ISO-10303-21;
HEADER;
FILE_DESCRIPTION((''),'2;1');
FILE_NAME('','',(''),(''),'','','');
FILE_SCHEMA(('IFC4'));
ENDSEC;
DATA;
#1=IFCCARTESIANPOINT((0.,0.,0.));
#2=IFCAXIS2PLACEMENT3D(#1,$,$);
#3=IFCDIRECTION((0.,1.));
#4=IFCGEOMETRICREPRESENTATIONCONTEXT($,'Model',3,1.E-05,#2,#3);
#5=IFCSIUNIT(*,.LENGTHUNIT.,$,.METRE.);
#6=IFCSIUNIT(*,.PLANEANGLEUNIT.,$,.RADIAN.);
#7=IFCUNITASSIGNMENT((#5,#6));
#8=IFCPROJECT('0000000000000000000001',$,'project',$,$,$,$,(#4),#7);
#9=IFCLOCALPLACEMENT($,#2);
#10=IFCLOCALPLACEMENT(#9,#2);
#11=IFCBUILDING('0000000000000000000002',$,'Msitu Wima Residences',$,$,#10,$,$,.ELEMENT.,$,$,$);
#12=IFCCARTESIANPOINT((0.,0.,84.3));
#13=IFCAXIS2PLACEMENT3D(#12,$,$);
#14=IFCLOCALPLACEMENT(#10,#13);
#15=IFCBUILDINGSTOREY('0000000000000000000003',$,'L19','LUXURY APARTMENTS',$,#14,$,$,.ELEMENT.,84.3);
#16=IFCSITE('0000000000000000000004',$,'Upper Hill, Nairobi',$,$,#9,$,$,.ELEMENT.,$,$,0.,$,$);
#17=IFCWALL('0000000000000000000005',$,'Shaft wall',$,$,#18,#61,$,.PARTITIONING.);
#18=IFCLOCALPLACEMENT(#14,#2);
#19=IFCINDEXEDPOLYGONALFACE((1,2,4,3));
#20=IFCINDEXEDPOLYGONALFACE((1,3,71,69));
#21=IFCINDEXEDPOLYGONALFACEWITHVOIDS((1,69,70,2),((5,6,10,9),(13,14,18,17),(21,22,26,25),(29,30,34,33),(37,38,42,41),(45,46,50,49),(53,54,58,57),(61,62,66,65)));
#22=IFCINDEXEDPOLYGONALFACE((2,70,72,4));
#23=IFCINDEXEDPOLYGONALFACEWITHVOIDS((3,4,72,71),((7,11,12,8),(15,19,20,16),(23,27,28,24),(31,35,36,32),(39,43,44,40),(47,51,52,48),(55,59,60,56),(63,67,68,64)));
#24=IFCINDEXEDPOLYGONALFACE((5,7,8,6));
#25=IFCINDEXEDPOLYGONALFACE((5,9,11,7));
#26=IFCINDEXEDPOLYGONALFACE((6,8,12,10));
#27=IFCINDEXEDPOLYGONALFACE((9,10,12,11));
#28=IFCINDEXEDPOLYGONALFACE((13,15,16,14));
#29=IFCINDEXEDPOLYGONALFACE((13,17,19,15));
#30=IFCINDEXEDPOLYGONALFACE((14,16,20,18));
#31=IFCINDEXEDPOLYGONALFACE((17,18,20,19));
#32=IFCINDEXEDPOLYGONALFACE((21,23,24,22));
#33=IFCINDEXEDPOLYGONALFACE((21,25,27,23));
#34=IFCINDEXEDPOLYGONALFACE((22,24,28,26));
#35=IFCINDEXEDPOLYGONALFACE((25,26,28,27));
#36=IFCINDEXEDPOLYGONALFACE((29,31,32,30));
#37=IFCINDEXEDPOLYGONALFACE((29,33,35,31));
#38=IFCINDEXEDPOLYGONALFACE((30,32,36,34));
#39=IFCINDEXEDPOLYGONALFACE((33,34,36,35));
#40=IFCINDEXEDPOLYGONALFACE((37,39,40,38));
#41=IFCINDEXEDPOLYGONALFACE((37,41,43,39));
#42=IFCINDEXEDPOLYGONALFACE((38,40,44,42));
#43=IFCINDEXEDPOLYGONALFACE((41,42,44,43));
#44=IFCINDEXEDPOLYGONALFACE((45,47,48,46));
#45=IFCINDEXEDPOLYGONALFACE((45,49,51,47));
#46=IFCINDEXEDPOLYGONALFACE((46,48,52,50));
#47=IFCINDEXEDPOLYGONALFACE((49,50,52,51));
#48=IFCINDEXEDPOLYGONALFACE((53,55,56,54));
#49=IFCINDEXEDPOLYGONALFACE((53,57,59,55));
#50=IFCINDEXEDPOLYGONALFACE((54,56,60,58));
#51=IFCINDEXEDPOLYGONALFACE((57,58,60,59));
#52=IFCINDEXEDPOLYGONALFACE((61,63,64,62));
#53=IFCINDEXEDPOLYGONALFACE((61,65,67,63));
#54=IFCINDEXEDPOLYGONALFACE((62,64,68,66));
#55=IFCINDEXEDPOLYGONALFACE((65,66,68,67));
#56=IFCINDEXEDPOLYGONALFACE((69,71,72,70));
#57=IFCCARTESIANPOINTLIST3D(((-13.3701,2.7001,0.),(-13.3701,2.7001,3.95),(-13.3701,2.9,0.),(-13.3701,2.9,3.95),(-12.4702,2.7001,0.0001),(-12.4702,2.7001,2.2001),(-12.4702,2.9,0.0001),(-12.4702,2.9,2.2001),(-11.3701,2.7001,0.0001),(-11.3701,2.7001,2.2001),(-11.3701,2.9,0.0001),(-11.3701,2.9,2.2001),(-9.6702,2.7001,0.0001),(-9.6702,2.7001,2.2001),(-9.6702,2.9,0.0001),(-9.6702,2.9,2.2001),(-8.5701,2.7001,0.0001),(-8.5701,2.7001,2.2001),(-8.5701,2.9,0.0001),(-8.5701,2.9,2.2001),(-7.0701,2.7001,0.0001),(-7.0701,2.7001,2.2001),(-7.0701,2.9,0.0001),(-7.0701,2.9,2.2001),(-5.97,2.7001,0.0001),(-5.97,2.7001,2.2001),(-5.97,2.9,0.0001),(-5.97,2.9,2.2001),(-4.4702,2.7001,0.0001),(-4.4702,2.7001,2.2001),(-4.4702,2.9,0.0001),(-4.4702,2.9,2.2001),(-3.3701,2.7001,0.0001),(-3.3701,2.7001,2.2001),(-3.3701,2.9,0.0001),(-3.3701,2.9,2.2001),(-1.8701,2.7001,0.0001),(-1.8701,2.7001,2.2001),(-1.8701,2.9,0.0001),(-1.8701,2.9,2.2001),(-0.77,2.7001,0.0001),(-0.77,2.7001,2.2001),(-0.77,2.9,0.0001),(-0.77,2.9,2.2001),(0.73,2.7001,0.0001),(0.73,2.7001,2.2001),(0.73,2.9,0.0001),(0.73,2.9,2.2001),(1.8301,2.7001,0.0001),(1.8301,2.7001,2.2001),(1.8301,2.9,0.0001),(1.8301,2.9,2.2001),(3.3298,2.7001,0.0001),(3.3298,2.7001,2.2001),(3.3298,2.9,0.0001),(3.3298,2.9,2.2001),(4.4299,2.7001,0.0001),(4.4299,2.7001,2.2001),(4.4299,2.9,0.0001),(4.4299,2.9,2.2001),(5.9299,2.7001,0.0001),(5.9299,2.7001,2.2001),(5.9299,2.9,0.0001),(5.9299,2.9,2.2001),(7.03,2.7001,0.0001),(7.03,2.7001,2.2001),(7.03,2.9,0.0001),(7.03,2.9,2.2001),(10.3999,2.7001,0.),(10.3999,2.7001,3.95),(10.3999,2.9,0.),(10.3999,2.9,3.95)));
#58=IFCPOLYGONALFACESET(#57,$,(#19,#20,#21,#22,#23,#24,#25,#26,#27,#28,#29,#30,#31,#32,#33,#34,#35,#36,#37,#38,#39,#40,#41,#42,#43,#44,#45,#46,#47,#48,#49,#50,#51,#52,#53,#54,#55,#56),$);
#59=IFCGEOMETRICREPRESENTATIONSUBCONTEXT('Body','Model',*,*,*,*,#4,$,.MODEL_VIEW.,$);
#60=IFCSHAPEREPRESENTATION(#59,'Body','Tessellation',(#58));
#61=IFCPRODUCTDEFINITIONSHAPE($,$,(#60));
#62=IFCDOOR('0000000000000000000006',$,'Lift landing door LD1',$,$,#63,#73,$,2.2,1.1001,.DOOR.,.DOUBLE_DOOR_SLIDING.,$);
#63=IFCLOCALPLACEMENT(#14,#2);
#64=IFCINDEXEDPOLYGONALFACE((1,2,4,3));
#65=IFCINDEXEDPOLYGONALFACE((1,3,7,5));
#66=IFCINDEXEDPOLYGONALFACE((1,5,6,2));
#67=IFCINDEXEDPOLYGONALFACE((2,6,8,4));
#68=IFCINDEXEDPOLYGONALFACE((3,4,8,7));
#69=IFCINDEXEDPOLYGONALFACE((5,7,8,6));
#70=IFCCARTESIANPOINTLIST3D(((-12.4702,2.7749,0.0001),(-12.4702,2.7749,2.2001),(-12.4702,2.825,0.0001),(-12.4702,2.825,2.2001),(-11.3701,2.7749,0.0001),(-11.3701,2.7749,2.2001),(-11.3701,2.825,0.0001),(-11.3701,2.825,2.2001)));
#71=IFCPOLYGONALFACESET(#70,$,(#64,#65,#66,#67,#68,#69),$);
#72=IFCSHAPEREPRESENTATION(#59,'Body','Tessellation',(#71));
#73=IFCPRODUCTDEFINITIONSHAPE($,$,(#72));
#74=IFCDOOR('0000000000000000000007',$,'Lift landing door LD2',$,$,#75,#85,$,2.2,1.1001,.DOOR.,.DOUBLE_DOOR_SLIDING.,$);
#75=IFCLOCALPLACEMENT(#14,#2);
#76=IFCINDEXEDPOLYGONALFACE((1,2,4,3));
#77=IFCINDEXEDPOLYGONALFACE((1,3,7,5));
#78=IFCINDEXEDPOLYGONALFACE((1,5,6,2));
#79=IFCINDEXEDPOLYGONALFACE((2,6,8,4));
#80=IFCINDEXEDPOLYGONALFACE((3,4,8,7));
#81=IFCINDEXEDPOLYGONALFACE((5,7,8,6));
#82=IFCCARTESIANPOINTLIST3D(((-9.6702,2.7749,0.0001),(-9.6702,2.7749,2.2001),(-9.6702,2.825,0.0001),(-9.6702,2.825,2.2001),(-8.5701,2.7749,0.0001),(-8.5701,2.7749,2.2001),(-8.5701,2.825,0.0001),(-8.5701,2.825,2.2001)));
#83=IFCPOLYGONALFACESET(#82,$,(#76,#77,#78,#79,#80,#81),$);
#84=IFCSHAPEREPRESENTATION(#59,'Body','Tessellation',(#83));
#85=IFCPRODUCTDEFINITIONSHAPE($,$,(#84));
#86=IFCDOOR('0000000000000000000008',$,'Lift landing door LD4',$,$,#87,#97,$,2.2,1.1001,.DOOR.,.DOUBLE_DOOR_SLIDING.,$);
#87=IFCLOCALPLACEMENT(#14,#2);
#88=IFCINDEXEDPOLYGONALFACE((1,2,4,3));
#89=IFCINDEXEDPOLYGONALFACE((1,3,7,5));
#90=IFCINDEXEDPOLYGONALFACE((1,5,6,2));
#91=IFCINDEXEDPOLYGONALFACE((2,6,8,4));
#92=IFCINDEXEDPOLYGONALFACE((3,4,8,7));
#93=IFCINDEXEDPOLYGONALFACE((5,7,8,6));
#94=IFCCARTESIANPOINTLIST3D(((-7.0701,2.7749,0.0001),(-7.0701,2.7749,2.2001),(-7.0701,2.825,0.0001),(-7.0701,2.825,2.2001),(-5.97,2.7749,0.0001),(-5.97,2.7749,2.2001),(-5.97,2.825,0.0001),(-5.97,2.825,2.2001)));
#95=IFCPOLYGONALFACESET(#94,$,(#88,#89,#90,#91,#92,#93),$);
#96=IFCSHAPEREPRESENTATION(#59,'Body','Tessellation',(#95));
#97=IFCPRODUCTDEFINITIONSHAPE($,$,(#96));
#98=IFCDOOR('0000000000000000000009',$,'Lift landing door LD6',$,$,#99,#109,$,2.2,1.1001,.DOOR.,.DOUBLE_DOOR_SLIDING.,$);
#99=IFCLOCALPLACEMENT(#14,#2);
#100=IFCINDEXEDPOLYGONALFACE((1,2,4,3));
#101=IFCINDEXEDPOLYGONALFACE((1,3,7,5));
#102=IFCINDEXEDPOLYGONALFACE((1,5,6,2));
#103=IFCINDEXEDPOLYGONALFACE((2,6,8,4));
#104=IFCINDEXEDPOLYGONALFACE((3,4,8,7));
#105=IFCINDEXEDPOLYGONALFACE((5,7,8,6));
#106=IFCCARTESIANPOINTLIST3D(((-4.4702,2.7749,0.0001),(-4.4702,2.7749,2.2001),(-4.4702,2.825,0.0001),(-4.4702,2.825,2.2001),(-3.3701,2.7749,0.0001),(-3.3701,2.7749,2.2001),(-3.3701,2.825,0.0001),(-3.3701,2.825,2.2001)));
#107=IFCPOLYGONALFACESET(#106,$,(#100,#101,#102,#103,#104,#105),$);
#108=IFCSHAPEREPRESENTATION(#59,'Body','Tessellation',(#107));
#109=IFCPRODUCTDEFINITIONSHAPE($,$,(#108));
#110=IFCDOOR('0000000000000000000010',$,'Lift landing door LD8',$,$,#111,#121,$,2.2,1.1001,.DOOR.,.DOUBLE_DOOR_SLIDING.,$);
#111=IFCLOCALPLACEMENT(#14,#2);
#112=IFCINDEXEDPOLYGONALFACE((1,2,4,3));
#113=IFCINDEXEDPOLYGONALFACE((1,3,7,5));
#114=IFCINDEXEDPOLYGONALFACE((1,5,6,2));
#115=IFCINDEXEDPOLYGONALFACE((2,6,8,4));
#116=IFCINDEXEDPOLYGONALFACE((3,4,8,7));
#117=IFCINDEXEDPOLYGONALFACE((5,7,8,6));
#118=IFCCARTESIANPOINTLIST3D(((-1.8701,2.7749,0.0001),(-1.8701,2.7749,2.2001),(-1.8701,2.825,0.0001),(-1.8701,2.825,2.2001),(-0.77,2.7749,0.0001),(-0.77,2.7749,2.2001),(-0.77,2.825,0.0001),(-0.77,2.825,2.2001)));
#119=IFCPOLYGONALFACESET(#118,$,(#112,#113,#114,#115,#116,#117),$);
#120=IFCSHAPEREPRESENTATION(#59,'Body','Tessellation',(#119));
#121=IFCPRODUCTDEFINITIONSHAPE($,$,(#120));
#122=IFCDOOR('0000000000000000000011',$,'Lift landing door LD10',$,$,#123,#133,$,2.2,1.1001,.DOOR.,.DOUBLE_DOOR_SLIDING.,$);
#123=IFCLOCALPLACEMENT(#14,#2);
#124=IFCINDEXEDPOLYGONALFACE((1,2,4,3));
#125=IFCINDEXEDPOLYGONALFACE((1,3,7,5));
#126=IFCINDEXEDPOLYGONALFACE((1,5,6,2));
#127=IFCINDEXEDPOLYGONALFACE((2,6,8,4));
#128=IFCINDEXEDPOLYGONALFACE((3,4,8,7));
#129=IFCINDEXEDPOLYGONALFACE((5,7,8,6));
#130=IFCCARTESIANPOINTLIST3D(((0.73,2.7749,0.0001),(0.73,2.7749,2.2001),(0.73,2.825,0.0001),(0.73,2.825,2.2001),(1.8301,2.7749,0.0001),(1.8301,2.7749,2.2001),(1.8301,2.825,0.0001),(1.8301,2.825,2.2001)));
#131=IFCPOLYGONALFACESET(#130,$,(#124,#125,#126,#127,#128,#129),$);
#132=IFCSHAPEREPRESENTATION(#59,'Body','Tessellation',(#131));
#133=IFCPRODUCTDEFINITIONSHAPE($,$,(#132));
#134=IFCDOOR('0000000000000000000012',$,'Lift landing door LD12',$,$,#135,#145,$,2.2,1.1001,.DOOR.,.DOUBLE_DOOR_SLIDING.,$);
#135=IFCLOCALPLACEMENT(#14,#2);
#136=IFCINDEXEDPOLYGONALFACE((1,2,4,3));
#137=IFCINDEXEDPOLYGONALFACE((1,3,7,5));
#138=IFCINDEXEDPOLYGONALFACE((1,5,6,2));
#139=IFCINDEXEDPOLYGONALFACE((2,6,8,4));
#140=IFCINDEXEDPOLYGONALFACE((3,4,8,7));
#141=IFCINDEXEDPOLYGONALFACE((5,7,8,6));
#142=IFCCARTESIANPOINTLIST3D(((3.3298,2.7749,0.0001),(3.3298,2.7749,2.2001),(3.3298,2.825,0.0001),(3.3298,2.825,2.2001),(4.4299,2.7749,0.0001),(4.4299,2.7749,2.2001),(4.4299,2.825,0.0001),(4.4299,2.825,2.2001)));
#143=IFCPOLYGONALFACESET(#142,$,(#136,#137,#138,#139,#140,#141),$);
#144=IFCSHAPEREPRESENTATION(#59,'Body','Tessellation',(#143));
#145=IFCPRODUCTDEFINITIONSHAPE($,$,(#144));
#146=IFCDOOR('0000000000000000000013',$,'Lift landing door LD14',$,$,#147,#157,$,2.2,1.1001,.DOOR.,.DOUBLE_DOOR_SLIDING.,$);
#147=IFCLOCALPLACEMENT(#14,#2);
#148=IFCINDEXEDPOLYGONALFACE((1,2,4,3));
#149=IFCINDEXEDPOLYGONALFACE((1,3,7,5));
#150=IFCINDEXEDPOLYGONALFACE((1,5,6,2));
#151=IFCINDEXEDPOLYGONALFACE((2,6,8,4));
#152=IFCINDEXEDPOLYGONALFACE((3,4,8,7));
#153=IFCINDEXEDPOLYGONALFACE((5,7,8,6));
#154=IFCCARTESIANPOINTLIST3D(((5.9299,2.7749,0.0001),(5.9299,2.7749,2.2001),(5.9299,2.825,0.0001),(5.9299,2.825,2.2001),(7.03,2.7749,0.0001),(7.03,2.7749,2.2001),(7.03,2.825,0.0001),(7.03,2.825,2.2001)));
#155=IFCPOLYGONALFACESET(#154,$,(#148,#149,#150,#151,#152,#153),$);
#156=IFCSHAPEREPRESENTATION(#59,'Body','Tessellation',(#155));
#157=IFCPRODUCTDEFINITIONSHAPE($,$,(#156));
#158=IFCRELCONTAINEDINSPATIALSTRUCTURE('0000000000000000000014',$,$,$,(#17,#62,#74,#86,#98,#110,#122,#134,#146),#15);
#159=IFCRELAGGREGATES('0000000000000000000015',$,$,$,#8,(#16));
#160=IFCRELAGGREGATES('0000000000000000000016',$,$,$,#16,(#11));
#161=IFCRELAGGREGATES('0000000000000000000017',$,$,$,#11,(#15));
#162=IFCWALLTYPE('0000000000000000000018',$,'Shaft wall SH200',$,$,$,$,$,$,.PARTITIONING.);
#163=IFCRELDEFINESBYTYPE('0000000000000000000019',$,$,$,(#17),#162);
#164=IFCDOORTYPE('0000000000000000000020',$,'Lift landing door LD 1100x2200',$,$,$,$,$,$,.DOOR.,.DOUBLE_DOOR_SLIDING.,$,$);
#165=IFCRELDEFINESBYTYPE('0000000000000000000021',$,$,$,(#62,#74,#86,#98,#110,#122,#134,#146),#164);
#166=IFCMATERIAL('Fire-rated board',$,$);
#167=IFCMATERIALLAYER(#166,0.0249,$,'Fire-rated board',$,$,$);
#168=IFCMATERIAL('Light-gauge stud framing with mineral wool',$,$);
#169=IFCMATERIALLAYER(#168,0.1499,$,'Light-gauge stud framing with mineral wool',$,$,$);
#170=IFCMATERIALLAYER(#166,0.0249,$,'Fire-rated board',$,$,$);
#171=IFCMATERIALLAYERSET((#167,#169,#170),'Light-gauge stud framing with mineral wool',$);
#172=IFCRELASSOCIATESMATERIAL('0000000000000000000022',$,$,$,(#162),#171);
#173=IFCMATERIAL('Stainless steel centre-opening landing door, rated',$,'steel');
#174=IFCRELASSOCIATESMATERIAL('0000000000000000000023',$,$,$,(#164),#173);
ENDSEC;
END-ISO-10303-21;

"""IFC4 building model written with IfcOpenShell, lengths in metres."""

from ifc_helpers import new_model, si_unit, direction, frame, frame_2d, origin, place, context, subcontext, project, spatial, rectangle, extrude, material, layer, layer_set, type_object, element, fill, save


model = new_model("IFC4")

# Units and contexts
model_context = context("Model", 3, precision=1e-05, world=origin(), true_north=direction((0.0, 1.0)))
body_context = subcontext(model_context, "Body", "Model", "MODEL_VIEW")
ifc_project = project(units=[si_unit("LENGTHUNIT", "METRE"), si_unit("PLANEANGLEUNIT", "RADIAN")], contexts=[model_context])

# Site, building, storey
site_placement = place(None, origin())
site = spatial("IfcSite", under=ifc_project, at=site_placement, Name="Upper Hill, Nairobi", CompositionType="ELEMENT", RefElevation=0.0)
building_placement = place(site_placement, origin())
building = spatial("IfcBuilding", under=site, at=building_placement, Name="Msitu Wima Residences", CompositionType="ELEMENT")
storey_placement = place(building_placement, frame((0.0, 0.0, 84.3)))
storey = spatial("IfcBuildingStorey", under=building, at=storey_placement, Name="L19", Description="LUXURY APARTMENTS", CompositionType="ELEMENT", Elevation=84.3)

# Shared definitions
ifc_material_1 = material(Name="Fire-rated board")
ifc_layer_1 = layer(ifc_material_1, 0.0249, Name="Fire-rated board")
ifc_material_2 = material(Name="Light-gauge stud framing with mineral wool")
ifc_layer_2 = layer(ifc_material_2, 0.1499, Name="Light-gauge stud framing with mineral wool")
ifc_layer_3 = layer(ifc_material_1, 0.0249, Name="Fire-rated board")
ifc_layer_set_1 = layer_set([ifc_layer_1, ifc_layer_2, ifc_layer_3], Name="Light-gauge stud framing with mineral wool")
wall_type_1 = type_object("IfcWallType", Name="Shaft wall SH200", PredefinedType="PARTITIONING", material=ifc_layer_set_1)

# Wall, openings, doors
wall_1_placement = place(storey_placement, frame((-13.3701, 2.8, 0.0), z_axis=(0.0, 0.0, 1.0), x_axis=(1.0, 0.0, 0.0)))
wall_1 = element("IfcWall", 1, at=wall_1_placement, inside=storey, type_object=wall_type_1, Name="Shaft wall", PredefinedType="PARTITIONING", context=body_context, shape_type="SweptSolid", body=[
    extrude(rectangle(XDim=23.77, YDim=0.2, at=frame_2d((11.885, 0.0))), origin(), (0.0, 0.0, 1.0), 3.95),
])
opening_1_placement = place(wall_1_placement, frame((0.8999, 0.0, 0.0)))
opening_1 = element("IfcOpeningElement", 2, at=opening_1_placement, cuts=wall_1, PredefinedType="OPENING", context=body_context, shape_type="SweptSolid", body=[
    extrude(rectangle(XDim=1.1001, YDim=2.2, at=frame_2d((0.55, 1.1001))), frame((0.0, 0.1099, 0.0), z_axis=(0.0, -1.0, 0.0), x_axis=(1.0, 0.0, 0.0)), (0.0, 0.0, 1.0), 0.22),
])
opening_2_placement = place(wall_1_placement, frame((3.7, 0.0, 0.0)))
opening_2 = element("IfcOpeningElement", 3, at=opening_2_placement, cuts=wall_1, PredefinedType="OPENING", context=body_context, shape_type="SweptSolid", body=[
    extrude(rectangle(XDim=1.1001, YDim=2.2, at=frame_2d((0.55, 1.1001))), frame((0.0, 0.1099, 0.0), z_axis=(0.0, -1.0, 0.0), x_axis=(1.0, 0.0, 0.0)), (0.0, 0.0, 1.0), 0.22),
])
opening_3_placement = place(wall_1_placement, frame((6.3, 0.0, 0.0)))
opening_3 = element("IfcOpeningElement", 4, at=opening_3_placement, cuts=wall_1, PredefinedType="OPENING", context=body_context, shape_type="SweptSolid", body=[
    extrude(rectangle(XDim=1.1001, YDim=2.2, at=frame_2d((0.55, 1.1001))), frame((0.0, 0.1099, 0.0), z_axis=(0.0, -1.0, 0.0), x_axis=(1.0, 0.0, 0.0)), (0.0, 0.0, 1.0), 0.22),
])
opening_4_placement = place(wall_1_placement, frame((8.8999, 0.0, 0.0)))
opening_4 = element("IfcOpeningElement", 5, at=opening_4_placement, cuts=wall_1, PredefinedType="OPENING", context=body_context, shape_type="SweptSolid", body=[
    extrude(rectangle(XDim=1.1001, YDim=2.2, at=frame_2d((0.55, 1.1001))), frame((0.0, 0.1099, 0.0), z_axis=(0.0, -1.0, 0.0), x_axis=(1.0, 0.0, 0.0)), (0.0, 0.0, 1.0), 0.22),
])
opening_5_placement = place(wall_1_placement, frame((11.5, 0.0, 0.0)))
opening_5 = element("IfcOpeningElement", 6, at=opening_5_placement, cuts=wall_1, PredefinedType="OPENING", context=body_context, shape_type="SweptSolid", body=[
    extrude(rectangle(XDim=1.1001, YDim=2.2, at=frame_2d((0.55, 1.1001))), frame((0.0, 0.1099, 0.0), z_axis=(0.0, -1.0, 0.0), x_axis=(1.0, 0.0, 0.0)), (0.0, 0.0, 1.0), 0.22),
])
opening_6_placement = place(wall_1_placement, frame((14.1001, 0.0, 0.0)))
opening_6 = element("IfcOpeningElement", 7, at=opening_6_placement, cuts=wall_1, PredefinedType="OPENING", context=body_context, shape_type="SweptSolid", body=[
    extrude(rectangle(XDim=1.1001, YDim=2.2, at=frame_2d((0.55, 1.1001))), frame((0.0, 0.1099, 0.0), z_axis=(0.0, -1.0, 0.0), x_axis=(1.0, 0.0, 0.0)), (0.0, 0.0, 1.0), 0.22),
])
opening_7_placement = place(wall_1_placement, frame((16.7, 0.0, 0.0)))
opening_7 = element("IfcOpeningElement", 8, at=opening_7_placement, cuts=wall_1, PredefinedType="OPENING", context=body_context, shape_type="SweptSolid", body=[
    extrude(rectangle(XDim=1.1001, YDim=2.2, at=frame_2d((0.55, 1.1001))), frame((0.0, 0.1099, 0.0), z_axis=(0.0, -1.0, 0.0), x_axis=(1.0, 0.0, 0.0)), (0.0, 0.0, 1.0), 0.22),
])
opening_8_placement = place(wall_1_placement, frame((19.3, 0.0, 0.0)))
opening_8 = element("IfcOpeningElement", 9, at=opening_8_placement, cuts=wall_1, PredefinedType="OPENING", context=body_context, shape_type="SweptSolid", body=[
    extrude(rectangle(XDim=1.1001, YDim=2.2, at=frame_2d((0.55, 1.1001))), frame((0.0, 0.1099, 0.0), z_axis=(0.0, -1.0, 0.0), x_axis=(1.0, 0.0, 0.0)), (0.0, 0.0, 1.0), 0.22),
])
ifc_material_3 = material(Name="Stainless steel centre-opening landing door, rated", Category="steel")
door_type_1 = type_object("IfcDoorType", Name="Lift landing door LD 1100x2200", OperationType="DOUBLE_DOOR_SLIDING", PredefinedType="DOOR", material=ifc_material_3)
door_1_placement = place(opening_1_placement, origin())
door_1 = element("IfcDoor", 10, at=door_1_placement, inside=storey, type_object=door_type_1, Name="Lift landing door LD1", OperationType="DOUBLE_DOOR_SLIDING", OverallHeight=2.2, OverallWidth=1.1001, PredefinedType="DOOR", context=body_context, shape_type="SweptSolid", body=[
    extrude(rectangle(XDim=1.1001, YDim=2.2, at=frame_2d((0.55, 1.1001))), frame((0.0, 0.0249, 0.0), z_axis=(0.0, -1.0, 0.0), x_axis=(1.0, 0.0, 0.0)), (0.0, 0.0, 1.0), 0.05),
])
fill(opening_1, door_1)
door_2_placement = place(opening_2_placement, origin())
door_2 = element("IfcDoor", 11, at=door_2_placement, inside=storey, type_object=door_type_1, Name="Lift landing door LD2", OperationType="DOUBLE_DOOR_SLIDING", OverallHeight=2.2, OverallWidth=1.1001, PredefinedType="DOOR", context=body_context, shape_type="SweptSolid", body=[
    extrude(rectangle(XDim=1.1001, YDim=2.2, at=frame_2d((0.55, 1.1001))), frame((0.0, 0.0249, 0.0), z_axis=(0.0, -1.0, 0.0), x_axis=(1.0, 0.0, 0.0)), (0.0, 0.0, 1.0), 0.05),
])
fill(opening_2, door_2)
door_3_placement = place(opening_3_placement, origin())
door_3 = element("IfcDoor", 12, at=door_3_placement, inside=storey, type_object=door_type_1, Name="Lift landing door LD4", OperationType="DOUBLE_DOOR_SLIDING", OverallHeight=2.2, OverallWidth=1.1001, PredefinedType="DOOR", context=body_context, shape_type="SweptSolid", body=[
    extrude(rectangle(XDim=1.1001, YDim=2.2, at=frame_2d((0.55, 1.1001))), frame((0.0, 0.0249, 0.0), z_axis=(0.0, -1.0, 0.0), x_axis=(1.0, 0.0, 0.0)), (0.0, 0.0, 1.0), 0.05),
])
fill(opening_3, door_3)
door_4_placement = place(opening_4_placement, origin())
door_4 = element("IfcDoor", 13, at=door_4_placement, inside=storey, type_object=door_type_1, Name="Lift landing door LD6", OperationType="DOUBLE_DOOR_SLIDING", OverallHeight=2.2, OverallWidth=1.1001, PredefinedType="DOOR", context=body_context, shape_type="SweptSolid", body=[
    extrude(rectangle(XDim=1.1001, YDim=2.2, at=frame_2d((0.55, 1.1001))), frame((0.0, 0.0249, 0.0), z_axis=(0.0, -1.0, 0.0), x_axis=(1.0, 0.0, 0.0)), (0.0, 0.0, 1.0), 0.05),
])
fill(opening_4, door_4)
door_5_placement = place(opening_5_placement, origin())
door_5 = element("IfcDoor", 14, at=door_5_placement, inside=storey, type_object=door_type_1, Name="Lift landing door LD8", OperationType="DOUBLE_DOOR_SLIDING", OverallHeight=2.2, OverallWidth=1.1001, PredefinedType="DOOR", context=body_context, shape_type="SweptSolid", body=[
    extrude(rectangle(XDim=1.1001, YDim=2.2, at=frame_2d((0.55, 1.1001))), frame((0.0, 0.0249, 0.0), z_axis=(0.0, -1.0, 0.0), x_axis=(1.0, 0.0, 0.0)), (0.0, 0.0, 1.0), 0.05),
])
fill(opening_5, door_5)
door_6_placement = place(opening_6_placement, origin())
door_6 = element("IfcDoor", 15, at=door_6_placement, inside=storey, type_object=door_type_1, Name="Lift landing door LD10", OperationType="DOUBLE_DOOR_SLIDING", OverallHeight=2.2, OverallWidth=1.1001, PredefinedType="DOOR", context=body_context, shape_type="SweptSolid", body=[
    extrude(rectangle(XDim=1.1001, YDim=2.2, at=frame_2d((0.55, 1.1001))), frame((0.0, 0.0249, 0.0), z_axis=(0.0, -1.0, 0.0), x_axis=(1.0, 0.0, 0.0)), (0.0, 0.0, 1.0), 0.05),
])
fill(opening_6, door_6)
door_7_placement = place(opening_7_placement, origin())
door_7 = element("IfcDoor", 16, at=door_7_placement, inside=storey, type_object=door_type_1, Name="Lift landing door LD12", OperationType="DOUBLE_DOOR_SLIDING", OverallHeight=2.2, OverallWidth=1.1001, PredefinedType="DOOR", context=body_context, shape_type="SweptSolid", body=[
    extrude(rectangle(XDim=1.1001, YDim=2.2, at=frame_2d((0.55, 1.1001))), frame((0.0, 0.0249, 0.0), z_axis=(0.0, -1.0, 0.0), x_axis=(1.0, 0.0, 0.0)), (0.0, 0.0, 1.0), 0.05),
])
fill(opening_7, door_7)
door_8_placement = place(opening_8_placement, origin())
door_8 = element("IfcDoor", 17, at=door_8_placement, inside=storey, type_object=door_type_1, Name="Lift landing door LD14", OperationType="DOUBLE_DOOR_SLIDING", OverallHeight=2.2, OverallWidth=1.1001, PredefinedType="DOOR", context=body_context, shape_type="SweptSolid", body=[
    extrude(rectangle(XDim=1.1001, YDim=2.2, at=frame_2d((0.55, 1.1001))), frame((0.0, 0.0249, 0.0), z_axis=(0.0, -1.0, 0.0), x_axis=(1.0, 0.0, 0.0)), (0.0, 0.0, 1.0), 0.05),
])
fill(opening_8, door_8)

save(model, "model.ifc")
